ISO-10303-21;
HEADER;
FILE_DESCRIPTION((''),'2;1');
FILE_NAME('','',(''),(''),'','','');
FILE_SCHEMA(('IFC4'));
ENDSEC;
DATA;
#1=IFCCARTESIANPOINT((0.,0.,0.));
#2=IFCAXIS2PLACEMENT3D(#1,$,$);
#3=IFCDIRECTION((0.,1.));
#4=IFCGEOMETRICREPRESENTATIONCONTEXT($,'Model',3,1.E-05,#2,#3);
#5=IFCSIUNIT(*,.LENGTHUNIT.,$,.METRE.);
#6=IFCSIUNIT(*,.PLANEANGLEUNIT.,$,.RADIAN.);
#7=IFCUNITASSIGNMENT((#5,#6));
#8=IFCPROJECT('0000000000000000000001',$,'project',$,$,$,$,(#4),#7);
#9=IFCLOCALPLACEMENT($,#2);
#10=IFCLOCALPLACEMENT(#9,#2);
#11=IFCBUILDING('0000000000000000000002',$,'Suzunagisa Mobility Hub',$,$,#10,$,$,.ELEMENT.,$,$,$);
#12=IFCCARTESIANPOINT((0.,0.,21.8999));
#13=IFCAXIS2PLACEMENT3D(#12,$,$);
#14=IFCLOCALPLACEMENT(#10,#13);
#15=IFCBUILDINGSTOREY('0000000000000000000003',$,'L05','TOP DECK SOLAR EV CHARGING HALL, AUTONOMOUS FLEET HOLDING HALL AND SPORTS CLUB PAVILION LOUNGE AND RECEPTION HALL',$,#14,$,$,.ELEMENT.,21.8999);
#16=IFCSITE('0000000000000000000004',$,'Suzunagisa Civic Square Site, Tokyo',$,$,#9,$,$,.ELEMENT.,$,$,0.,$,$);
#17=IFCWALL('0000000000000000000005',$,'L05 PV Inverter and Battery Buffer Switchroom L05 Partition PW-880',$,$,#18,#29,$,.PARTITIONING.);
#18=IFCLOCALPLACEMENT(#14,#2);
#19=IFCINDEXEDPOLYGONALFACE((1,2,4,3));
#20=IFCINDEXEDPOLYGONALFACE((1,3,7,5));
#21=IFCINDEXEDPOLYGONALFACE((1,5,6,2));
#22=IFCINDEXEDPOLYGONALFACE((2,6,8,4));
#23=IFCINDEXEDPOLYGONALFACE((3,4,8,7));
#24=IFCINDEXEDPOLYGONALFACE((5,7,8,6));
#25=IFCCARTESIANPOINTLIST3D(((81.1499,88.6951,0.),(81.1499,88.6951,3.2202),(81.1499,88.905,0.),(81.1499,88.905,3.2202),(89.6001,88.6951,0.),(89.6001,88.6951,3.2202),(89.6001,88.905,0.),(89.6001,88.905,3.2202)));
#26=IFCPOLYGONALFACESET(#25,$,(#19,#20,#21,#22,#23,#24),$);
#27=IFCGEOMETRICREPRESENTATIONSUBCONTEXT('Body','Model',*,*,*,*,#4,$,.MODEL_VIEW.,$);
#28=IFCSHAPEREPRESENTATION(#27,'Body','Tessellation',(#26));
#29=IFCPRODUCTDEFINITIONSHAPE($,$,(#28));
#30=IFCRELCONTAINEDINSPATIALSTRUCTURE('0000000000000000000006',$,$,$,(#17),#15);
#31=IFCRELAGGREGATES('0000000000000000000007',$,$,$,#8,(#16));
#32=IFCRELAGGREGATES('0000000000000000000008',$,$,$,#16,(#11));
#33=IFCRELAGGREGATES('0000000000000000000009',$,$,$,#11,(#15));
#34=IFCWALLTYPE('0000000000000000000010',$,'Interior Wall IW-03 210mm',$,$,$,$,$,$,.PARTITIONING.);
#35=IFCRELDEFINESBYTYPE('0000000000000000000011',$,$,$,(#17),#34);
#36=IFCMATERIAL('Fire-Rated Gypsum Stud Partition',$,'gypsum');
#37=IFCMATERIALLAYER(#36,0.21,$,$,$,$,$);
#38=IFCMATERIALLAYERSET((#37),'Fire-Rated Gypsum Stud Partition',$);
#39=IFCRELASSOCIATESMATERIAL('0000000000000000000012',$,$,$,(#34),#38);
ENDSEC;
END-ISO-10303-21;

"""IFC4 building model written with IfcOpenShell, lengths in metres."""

from ifc_helpers import new_model, si_unit, direction, frame, frame_2d, origin, place, context, subcontext, project, spatial, rectangle, extrude, material, layer, layer_set, type_object, element, save


model = new_model("IFC4")

# Units and contexts
model_context = context("Model", 3, precision=1e-05, world=origin(), true_north=direction((0.0, 1.0)))
body_context = subcontext(model_context, "Body", "Model", "MODEL_VIEW")
ifc_project = project(units=[si_unit("LENGTHUNIT", "METRE"), si_unit("PLANEANGLEUNIT", "RADIAN")], contexts=[model_context])

# Site, building, storey
site_placement = place(None, origin())
site = spatial("IfcSite", under=ifc_project, at=site_placement, Name="Suzunagisa Civic Square Site, Tokyo", CompositionType="ELEMENT", RefElevation=0.0)
building_placement = place(site_placement, origin())
building = spatial("IfcBuilding", under=site, at=building_placement, Name="Suzunagisa Mobility Hub", CompositionType="ELEMENT")
storey_placement = place(building_placement, frame((0.0, 0.0, 21.8999)))
storey = spatial("IfcBuildingStorey", under=building, at=storey_placement, Name="L05", Description="TOP DECK SOLAR EV CHARGING HALL, AUTONOMOUS FLEET HOLDING HALL AND SPORTS CLUB PAVILION LOUNGE AND RECEPTION HALL", CompositionType="ELEMENT", Elevation=21.8999)

# Wall
ifc_material_1 = material(Name="Fire-Rated Gypsum Stud Partition", Category="gypsum")
ifc_layer_1 = layer(ifc_material_1, 0.21)
ifc_layer_set_1 = layer_set([ifc_layer_1], Name="Fire-Rated Gypsum Stud Partition")
wall_type_1 = type_object("IfcWallType", Name="Interior Wall IW-03 210mm", PredefinedType="PARTITIONING", material=ifc_layer_set_1)
wall_1_placement = place(storey_placement, frame((81.1499, 88.8, 0.0), z_axis=(0.0, 0.0, 1.0), x_axis=(1.0, 0.0, 0.0)))
element("IfcWall", 1, at=wall_1_placement, inside=storey, type_object=wall_type_1, Name="L05 PV Inverter and Battery Buffer Switchroom L05 Partition PW-880", PredefinedType="PARTITIONING", context=body_context, shape_type="SweptSolid", body=[
    extrude(rectangle(XDim=8.4502, YDim=0.21, at=frame_2d((4.2251, 0.0))), origin(), (0.0, 0.0, 1.0), 3.2202),
])

save(model, "model.ifc")
